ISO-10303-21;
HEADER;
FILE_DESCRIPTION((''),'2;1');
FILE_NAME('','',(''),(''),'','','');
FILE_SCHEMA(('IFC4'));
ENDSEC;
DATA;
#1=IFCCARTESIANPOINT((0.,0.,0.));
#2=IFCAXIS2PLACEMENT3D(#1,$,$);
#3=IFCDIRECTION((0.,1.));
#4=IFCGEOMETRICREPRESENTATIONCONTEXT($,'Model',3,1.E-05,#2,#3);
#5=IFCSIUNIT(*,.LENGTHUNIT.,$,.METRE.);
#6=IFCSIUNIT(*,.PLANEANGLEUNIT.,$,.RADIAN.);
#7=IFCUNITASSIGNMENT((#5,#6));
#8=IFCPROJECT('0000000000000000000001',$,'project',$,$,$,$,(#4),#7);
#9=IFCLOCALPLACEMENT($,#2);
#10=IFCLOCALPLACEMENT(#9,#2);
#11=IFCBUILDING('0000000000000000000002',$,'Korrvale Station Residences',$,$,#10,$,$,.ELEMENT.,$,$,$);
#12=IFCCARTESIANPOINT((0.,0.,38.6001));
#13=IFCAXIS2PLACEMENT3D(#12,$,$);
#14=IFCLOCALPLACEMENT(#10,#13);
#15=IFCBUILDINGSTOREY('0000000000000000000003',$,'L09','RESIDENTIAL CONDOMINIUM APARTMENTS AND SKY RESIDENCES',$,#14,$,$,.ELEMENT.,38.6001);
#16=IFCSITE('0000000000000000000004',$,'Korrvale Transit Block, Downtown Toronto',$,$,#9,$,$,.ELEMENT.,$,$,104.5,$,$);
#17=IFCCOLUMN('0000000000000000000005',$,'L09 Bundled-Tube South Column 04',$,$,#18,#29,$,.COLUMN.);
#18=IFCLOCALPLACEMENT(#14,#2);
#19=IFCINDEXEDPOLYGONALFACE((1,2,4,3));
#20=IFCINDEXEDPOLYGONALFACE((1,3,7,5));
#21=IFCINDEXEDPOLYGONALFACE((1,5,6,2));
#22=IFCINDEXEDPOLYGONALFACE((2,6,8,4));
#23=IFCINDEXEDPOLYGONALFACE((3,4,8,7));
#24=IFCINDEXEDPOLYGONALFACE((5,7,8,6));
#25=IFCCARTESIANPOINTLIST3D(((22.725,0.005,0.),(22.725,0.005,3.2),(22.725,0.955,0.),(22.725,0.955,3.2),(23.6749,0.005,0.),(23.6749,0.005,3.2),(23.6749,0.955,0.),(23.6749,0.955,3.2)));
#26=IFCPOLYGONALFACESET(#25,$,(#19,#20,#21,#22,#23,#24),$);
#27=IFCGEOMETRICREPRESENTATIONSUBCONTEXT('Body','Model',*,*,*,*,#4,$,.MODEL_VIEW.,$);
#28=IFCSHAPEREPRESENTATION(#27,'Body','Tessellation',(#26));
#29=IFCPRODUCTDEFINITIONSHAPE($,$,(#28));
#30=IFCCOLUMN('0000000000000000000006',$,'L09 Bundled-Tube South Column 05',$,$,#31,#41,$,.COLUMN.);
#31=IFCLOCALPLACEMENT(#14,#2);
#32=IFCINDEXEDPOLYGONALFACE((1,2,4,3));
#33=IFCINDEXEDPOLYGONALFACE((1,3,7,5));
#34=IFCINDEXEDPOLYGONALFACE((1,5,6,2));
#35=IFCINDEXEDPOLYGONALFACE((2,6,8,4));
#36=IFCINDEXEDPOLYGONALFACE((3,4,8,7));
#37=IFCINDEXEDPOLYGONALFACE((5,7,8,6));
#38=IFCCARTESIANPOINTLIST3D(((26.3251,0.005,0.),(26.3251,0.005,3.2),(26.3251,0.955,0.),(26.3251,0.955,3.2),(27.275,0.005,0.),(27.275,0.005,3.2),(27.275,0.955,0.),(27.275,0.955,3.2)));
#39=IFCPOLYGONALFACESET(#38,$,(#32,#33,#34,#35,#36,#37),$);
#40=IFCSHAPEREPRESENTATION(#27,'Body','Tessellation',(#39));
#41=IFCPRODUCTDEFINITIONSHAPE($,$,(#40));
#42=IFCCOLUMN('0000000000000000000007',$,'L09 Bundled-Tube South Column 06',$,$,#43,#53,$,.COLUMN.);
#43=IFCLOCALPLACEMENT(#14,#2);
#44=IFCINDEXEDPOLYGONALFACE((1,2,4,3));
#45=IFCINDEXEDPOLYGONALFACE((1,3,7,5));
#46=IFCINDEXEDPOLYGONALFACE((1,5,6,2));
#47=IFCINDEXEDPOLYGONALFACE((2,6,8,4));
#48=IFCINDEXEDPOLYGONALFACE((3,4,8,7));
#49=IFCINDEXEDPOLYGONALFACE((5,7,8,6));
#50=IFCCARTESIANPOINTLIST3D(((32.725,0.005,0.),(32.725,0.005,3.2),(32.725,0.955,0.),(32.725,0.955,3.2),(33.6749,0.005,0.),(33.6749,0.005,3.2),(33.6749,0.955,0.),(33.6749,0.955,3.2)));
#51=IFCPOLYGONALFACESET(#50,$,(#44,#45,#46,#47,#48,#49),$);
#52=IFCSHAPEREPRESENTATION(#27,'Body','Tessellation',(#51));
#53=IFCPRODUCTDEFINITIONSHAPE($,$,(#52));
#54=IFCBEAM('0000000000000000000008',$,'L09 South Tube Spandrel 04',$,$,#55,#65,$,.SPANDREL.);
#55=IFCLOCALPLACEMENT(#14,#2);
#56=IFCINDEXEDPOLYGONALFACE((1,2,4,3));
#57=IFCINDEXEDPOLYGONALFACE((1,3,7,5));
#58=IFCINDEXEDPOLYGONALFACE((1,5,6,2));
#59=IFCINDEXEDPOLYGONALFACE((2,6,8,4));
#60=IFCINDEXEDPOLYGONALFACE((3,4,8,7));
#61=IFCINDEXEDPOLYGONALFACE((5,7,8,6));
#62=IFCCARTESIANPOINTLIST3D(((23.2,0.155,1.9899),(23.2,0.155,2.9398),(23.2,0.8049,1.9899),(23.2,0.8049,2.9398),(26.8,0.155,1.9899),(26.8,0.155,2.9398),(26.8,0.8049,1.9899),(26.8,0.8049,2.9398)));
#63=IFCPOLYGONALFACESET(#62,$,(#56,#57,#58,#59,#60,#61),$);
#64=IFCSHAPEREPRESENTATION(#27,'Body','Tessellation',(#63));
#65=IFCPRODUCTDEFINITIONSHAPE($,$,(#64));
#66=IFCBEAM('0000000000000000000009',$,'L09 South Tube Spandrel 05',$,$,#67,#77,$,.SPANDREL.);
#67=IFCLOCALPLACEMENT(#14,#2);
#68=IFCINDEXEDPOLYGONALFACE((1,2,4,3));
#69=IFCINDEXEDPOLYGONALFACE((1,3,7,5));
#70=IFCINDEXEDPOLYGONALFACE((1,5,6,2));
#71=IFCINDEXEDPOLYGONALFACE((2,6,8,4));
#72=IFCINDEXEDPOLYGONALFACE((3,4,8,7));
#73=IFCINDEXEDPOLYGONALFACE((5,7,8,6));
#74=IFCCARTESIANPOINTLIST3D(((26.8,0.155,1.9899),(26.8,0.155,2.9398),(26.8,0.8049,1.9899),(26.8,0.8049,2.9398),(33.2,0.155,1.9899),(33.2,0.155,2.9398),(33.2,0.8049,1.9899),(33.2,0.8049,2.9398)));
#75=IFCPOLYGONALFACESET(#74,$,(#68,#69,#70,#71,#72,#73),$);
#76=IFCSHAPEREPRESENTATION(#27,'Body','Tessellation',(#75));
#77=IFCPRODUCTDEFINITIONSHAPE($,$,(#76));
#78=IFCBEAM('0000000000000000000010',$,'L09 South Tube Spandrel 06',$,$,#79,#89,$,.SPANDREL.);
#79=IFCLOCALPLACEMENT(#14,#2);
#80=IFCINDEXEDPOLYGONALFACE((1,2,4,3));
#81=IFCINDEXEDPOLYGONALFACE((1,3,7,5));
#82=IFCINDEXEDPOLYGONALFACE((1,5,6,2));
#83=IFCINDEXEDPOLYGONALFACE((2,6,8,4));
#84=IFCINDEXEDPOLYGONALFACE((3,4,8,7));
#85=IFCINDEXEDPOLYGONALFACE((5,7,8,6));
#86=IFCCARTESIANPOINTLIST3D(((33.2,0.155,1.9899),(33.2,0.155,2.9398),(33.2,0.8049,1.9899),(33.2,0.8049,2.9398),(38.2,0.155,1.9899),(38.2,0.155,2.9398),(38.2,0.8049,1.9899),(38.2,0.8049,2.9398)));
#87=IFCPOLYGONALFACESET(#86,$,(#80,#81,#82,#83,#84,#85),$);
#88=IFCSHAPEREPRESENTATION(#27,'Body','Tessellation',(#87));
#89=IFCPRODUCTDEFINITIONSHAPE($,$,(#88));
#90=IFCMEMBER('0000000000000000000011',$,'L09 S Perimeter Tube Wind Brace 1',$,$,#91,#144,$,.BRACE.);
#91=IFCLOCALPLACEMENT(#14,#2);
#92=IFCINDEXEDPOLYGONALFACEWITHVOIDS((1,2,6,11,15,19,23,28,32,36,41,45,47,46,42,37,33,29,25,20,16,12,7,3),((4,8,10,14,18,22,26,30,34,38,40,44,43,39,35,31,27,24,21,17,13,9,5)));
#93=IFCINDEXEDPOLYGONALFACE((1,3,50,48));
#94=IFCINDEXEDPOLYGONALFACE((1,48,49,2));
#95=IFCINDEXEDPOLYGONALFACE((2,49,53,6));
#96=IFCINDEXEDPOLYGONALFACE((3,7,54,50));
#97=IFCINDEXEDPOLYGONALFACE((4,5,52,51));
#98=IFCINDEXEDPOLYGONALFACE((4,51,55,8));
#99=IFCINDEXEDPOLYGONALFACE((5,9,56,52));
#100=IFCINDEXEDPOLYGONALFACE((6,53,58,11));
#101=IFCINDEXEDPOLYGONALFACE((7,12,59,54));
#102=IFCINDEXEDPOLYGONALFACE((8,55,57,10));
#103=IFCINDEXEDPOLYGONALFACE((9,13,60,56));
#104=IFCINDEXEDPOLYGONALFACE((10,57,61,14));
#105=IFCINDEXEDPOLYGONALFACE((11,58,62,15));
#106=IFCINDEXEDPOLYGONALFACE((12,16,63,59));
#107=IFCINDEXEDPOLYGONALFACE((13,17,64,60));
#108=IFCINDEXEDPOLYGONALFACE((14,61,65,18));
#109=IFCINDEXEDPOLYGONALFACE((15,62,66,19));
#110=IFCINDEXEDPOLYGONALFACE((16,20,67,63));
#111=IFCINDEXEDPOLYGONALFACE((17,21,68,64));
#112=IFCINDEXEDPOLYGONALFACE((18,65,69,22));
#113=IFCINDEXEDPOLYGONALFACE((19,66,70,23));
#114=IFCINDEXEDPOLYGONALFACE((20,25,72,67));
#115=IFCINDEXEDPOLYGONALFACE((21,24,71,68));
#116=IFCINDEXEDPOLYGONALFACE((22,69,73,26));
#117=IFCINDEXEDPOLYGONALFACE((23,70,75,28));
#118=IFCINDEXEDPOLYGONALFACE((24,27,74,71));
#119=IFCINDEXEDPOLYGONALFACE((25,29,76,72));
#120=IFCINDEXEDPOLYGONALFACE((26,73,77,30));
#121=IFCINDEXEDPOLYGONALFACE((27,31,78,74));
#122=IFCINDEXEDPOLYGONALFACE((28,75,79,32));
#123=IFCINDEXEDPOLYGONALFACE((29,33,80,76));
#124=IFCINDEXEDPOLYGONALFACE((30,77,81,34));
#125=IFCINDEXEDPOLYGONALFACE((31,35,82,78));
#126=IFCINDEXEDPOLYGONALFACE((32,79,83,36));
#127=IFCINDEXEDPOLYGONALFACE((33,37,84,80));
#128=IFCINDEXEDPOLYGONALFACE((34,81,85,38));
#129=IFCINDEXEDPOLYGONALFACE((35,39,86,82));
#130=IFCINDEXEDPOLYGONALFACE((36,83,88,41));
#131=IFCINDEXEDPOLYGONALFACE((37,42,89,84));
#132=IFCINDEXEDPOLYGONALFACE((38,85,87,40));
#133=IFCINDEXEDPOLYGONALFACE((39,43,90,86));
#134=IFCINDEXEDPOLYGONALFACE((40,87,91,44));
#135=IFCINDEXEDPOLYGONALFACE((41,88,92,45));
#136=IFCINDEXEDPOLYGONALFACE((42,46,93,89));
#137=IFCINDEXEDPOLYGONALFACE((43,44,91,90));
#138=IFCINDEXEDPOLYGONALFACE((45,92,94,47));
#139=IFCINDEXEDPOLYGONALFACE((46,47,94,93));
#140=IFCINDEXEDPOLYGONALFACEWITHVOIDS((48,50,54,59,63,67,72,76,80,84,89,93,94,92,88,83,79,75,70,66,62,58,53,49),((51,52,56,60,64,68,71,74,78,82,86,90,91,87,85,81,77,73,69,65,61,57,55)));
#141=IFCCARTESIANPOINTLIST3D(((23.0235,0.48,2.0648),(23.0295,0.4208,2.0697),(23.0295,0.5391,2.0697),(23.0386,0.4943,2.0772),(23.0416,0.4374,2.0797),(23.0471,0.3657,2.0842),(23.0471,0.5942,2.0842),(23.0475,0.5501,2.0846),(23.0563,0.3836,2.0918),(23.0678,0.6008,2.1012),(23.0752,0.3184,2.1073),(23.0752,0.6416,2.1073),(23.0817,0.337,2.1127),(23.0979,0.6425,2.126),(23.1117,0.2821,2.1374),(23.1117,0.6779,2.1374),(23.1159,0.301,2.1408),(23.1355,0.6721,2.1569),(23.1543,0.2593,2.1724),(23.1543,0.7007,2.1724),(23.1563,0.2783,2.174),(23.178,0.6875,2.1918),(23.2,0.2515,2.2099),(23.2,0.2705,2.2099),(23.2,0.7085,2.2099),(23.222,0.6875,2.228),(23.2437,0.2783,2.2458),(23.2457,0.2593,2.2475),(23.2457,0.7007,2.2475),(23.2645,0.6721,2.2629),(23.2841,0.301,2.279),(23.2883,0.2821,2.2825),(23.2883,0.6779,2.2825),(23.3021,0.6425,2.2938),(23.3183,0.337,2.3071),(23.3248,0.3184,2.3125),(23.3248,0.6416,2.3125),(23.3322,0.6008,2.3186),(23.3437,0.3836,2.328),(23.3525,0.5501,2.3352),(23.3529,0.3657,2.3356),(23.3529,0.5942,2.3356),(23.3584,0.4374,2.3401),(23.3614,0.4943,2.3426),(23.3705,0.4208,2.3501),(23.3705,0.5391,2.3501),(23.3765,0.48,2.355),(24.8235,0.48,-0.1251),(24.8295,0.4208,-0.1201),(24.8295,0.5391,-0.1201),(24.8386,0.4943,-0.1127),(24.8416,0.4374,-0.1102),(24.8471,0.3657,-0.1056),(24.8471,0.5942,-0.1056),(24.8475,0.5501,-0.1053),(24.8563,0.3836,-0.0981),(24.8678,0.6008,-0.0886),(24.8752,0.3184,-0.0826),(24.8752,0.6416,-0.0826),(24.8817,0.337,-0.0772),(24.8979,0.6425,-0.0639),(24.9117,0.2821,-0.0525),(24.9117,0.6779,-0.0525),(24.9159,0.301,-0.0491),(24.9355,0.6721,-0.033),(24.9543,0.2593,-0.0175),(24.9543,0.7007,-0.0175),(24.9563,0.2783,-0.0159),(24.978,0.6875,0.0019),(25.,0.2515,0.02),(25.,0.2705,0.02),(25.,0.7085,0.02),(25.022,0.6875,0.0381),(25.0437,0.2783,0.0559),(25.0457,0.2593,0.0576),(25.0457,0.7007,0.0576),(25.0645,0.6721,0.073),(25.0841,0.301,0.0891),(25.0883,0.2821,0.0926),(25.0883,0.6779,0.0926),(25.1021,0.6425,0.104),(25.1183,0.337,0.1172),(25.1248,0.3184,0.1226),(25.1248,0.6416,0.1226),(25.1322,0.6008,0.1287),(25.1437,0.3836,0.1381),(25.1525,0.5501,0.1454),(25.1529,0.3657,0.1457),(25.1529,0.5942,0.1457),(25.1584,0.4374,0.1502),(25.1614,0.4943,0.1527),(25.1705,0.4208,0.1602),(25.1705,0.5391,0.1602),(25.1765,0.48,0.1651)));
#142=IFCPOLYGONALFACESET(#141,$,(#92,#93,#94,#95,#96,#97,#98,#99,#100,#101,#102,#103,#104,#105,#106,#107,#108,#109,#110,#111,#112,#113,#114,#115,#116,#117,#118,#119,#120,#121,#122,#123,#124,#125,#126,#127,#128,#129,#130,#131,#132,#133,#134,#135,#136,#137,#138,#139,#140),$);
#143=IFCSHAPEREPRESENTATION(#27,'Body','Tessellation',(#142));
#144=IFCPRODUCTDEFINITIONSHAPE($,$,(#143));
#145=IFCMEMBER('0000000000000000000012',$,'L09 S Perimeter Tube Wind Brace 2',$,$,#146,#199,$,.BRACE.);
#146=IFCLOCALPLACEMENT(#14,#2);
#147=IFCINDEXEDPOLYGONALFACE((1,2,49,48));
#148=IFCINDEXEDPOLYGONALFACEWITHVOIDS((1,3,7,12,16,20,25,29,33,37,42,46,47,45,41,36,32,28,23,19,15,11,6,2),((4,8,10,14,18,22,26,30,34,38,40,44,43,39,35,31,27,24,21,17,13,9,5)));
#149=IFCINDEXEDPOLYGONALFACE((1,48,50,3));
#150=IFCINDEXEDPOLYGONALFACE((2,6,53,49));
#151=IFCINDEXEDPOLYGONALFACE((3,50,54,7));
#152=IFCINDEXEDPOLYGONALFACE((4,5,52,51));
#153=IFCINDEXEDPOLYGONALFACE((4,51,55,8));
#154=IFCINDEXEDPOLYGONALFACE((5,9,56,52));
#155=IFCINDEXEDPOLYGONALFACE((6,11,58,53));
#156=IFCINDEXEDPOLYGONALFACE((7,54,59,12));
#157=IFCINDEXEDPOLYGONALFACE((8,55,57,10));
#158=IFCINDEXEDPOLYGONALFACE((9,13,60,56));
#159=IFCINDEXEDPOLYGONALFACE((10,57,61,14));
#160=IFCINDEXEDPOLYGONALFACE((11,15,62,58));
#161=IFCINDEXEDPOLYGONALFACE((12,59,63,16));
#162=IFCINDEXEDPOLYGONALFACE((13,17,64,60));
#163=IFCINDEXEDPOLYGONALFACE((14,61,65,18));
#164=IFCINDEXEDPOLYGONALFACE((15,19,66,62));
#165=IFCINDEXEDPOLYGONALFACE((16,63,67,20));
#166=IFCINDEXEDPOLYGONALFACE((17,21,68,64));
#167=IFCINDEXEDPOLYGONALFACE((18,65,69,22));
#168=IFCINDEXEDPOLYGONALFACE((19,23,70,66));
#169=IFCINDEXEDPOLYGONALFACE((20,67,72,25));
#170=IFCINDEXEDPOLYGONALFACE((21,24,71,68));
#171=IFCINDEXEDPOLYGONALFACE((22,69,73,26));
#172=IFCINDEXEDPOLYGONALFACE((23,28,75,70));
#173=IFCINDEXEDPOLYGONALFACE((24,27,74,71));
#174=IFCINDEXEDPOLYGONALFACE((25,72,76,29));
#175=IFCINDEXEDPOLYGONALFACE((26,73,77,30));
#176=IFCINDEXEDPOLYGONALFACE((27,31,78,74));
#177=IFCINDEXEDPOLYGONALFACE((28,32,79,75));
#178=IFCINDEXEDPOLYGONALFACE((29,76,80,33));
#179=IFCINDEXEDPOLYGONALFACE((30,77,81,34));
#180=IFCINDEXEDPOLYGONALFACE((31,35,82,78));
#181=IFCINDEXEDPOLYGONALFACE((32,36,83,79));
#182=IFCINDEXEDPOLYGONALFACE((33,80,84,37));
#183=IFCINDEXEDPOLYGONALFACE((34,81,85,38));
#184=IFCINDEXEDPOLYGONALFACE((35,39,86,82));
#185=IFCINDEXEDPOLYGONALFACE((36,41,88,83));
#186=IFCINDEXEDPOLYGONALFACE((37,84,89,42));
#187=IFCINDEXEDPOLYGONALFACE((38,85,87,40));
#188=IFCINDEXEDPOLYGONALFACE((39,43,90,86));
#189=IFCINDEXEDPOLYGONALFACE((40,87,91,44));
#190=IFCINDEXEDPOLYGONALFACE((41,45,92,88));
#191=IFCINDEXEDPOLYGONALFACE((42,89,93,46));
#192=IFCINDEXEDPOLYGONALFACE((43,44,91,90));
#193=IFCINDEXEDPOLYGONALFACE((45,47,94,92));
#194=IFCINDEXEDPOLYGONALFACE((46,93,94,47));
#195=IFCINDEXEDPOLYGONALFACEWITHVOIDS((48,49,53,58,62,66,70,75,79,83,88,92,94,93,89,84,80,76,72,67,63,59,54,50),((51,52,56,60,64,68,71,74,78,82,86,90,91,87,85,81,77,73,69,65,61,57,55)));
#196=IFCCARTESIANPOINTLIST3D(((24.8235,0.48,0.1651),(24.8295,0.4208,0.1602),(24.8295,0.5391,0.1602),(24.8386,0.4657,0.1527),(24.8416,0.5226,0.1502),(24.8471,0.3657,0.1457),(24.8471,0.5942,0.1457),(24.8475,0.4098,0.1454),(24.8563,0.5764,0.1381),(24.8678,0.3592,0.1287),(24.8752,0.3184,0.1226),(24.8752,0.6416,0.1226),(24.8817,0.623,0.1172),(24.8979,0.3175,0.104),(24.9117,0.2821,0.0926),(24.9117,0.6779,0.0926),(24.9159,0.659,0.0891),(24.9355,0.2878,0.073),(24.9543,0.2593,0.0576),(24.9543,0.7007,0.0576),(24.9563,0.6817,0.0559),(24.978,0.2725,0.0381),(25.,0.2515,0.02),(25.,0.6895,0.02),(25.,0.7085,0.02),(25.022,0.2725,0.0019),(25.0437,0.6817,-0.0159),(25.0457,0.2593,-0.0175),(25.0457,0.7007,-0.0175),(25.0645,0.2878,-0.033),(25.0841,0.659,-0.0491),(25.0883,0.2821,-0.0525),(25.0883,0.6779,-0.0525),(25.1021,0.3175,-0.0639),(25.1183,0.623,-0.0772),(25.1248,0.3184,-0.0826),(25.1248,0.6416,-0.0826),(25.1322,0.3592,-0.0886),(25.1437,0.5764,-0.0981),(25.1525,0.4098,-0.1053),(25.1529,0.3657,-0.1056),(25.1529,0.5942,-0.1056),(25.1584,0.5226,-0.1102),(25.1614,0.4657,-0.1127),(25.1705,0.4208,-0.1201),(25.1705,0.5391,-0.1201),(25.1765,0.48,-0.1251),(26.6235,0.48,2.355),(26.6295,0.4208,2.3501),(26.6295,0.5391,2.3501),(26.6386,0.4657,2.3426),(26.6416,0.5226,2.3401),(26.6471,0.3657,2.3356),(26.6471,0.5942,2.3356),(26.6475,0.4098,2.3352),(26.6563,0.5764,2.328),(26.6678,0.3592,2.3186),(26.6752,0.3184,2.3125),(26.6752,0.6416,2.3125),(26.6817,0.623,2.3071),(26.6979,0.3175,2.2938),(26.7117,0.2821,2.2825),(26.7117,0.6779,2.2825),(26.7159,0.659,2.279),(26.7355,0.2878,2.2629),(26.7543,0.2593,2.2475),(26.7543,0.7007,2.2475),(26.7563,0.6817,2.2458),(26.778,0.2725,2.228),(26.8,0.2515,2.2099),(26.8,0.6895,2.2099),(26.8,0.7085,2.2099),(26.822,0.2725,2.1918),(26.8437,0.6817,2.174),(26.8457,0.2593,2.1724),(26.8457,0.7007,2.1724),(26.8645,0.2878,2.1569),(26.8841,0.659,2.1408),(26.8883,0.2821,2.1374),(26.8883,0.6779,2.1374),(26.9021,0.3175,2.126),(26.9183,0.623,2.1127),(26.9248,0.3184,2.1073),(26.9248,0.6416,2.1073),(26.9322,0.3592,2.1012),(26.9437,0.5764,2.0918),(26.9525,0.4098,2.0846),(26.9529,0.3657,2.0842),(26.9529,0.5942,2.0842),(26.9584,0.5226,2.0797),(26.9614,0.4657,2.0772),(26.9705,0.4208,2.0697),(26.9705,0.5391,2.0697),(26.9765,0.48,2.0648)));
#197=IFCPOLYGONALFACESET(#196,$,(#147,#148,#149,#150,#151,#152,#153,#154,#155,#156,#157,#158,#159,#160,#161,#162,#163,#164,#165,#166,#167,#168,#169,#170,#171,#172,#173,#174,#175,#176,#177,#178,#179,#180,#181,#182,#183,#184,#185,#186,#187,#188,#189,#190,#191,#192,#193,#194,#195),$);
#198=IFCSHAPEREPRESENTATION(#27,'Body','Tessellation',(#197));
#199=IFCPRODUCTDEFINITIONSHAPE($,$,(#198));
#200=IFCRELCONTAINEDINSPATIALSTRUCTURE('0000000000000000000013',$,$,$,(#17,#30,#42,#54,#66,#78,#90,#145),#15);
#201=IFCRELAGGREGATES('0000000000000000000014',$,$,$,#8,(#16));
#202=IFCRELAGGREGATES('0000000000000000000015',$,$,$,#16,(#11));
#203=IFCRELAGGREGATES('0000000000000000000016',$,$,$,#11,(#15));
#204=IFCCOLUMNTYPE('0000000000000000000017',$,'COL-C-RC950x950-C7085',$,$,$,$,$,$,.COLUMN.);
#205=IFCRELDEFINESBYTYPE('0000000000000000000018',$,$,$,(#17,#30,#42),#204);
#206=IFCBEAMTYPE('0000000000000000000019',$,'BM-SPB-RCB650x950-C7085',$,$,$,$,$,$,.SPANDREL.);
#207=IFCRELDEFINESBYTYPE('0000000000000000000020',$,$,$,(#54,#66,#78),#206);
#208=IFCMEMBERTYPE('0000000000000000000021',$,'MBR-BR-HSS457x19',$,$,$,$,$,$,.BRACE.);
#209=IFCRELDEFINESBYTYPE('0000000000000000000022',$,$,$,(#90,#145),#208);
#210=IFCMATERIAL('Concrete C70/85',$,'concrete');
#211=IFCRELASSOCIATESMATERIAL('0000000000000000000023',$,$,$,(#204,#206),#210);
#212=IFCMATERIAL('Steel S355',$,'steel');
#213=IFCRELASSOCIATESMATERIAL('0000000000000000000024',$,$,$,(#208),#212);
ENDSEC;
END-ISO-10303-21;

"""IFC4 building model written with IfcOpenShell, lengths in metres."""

from ifc_helpers import new_model, si_unit, direction, frame, origin, origin_2d, place, context, subcontext, project, spatial, rectangle, hollow_circle, extrude, material, material_profile, profile_set, type_object, element, save


model = new_model("IFC4")

# Units and contexts
model_context = context("Model", 3, precision=1e-05, world=origin(), true_north=direction((0.0, 1.0)))
body_context = subcontext(model_context, "Body", "Model", "MODEL_VIEW")
ifc_project = project(units=[si_unit("LENGTHUNIT", "METRE"), si_unit("PLANEANGLEUNIT", "RADIAN")], contexts=[model_context])

# Site, building, storey
site_placement = place(None, origin())
site = spatial("IfcSite", under=ifc_project, at=site_placement, Name="Korrvale Transit Block, Downtown Toronto", CompositionType="ELEMENT", RefElevation=104.5)
building_placement = place(site_placement, origin())
building = spatial("IfcBuilding", under=site, at=building_placement, Name="Korrvale Station Residences", CompositionType="ELEMENT")
storey_placement = place(building_placement, frame((0.0, 0.0, 38.6001)))
storey = spatial("IfcBuildingStorey", under=building, at=storey_placement, Name="L09", Description="RESIDENTIAL CONDOMINIUM APARTMENTS AND SKY RESIDENCES", CompositionType="ELEMENT", Elevation=38.6001)

# Columns
ifc_material_1 = material(Name="Concrete C70/85", Category="concrete")
ifc_material_profile_1 = material_profile(ifc_material_1, rectangle(XDim=0.95, YDim=0.95, at=origin_2d()), Name="RC950x950")
ifc_profile_set_1 = profile_set([ifc_material_profile_1], Name="Concrete C70/85")
column_type = type_object("IfcColumnType", Name="COL-C-RC950x950-C7085", PredefinedType="COLUMN", material=ifc_profile_set_1)
for number, where, z_axis, x_axis, name in (
    (1, (23.2, 0.48, 0.0), (0.0, 0.0, 1.0), (1.0, 0.0, 0.0), "L09 Bundled-Tube South Column 04"),
    (2, (26.8, 0.48, 0.0), (0.0, 0.0, 1.0), (1.0, 0.0, 0.0), "L09 Bundled-Tube South Column 05"),
    (3, (33.2, 0.48, 0.0), (0.0, 0.0, 1.0), (1.0, 0.0, 0.0), "L09 Bundled-Tube South Column 06"),
):
    element("IfcColumn", number, at=place(storey_placement, frame(where, z_axis=z_axis, x_axis=x_axis)), inside=storey, type_object=column_type, Name=name, PredefinedType="COLUMN", context=body_context, shape_type="SweptSolid", body=[
        extrude(rectangle(XDim=0.95, YDim=0.95, at=origin_2d()), origin(), (0.0, 0.0, 1.0), 3.2),
    ])

# Beams
ifc_material_profile_2 = material_profile(ifc_material_1, rectangle(XDim=0.6499, YDim=0.95, at=origin_2d()), Name="RCB650x950")
ifc_profile_set_2 = profile_set([ifc_material_profile_2], Name="Concrete C70/85")
beam_type = type_object("IfcBeamType", Name="BM-SPB-RCB650x950-C7085", PredefinedType="SPANDREL", material=ifc_profile_set_2)
beam_1_placement = place(storey_placement, frame((23.2, 0.48, 2.4648), z_axis=(1.0, 0.0, 0.0), x_axis=(0.0, 1.0, 0.0)))
element("IfcBeam", 4, at=beam_1_placement, inside=storey, type_object=beam_type, Name="L09 South Tube Spandrel 04", PredefinedType="SPANDREL", context=body_context, shape_type="SweptSolid", body=[
    extrude(rectangle(XDim=0.6499, YDim=0.95, at=origin_2d()), origin(), (0.0, 0.0, 1.0), 3.6001),
])
beam_2_placement = place(storey_placement, frame((26.8, 0.48, 2.4648), z_axis=(1.0, 0.0, 0.0), x_axis=(0.0, 1.0, 0.0)))
element("IfcBeam", 5, at=beam_2_placement, inside=storey, type_object=beam_type, Name="L09 South Tube Spandrel 05", PredefinedType="SPANDREL", context=body_context, shape_type="SweptSolid", body=[
    extrude(rectangle(XDim=0.6499, YDim=0.95, at=origin_2d()), origin(), (0.0, 0.0, 1.0), 6.3999),
])
beam_3_placement = place(storey_placement, frame((33.2, 0.48, 2.4648), z_axis=(1.0, 0.0, 0.0), x_axis=(0.0, 1.0, 0.0)))
element("IfcBeam", 6, at=beam_3_placement, inside=storey, type_object=beam_type, Name="L09 South Tube Spandrel 06", PredefinedType="SPANDREL", context=body_context, shape_type="SweptSolid", body=[
    extrude(rectangle(XDim=0.6499, YDim=0.95, at=origin_2d()), origin(), (0.0, 0.0, 1.0), 5.0),
])

# Members
ifc_material_2 = material(Name="Steel S355", Category="steel")
ifc_material_profile_3 = material_profile(ifc_material_2, hollow_circle(Radius=0.2285, WallThickness=0.019, at=origin_2d()), Name="HSS457x19")
ifc_profile_set_3 = profile_set([ifc_material_profile_3], Name="Steel S355")
member_type = type_object("IfcMemberType", Name="MBR-BR-HSS457x19", PredefinedType="BRACE", material=ifc_profile_set_3)
for number, where, z_axis, x_axis, name in (
    (7, (25.0, 0.48, 0.02), (-0.634985, 0.0, 0.772524), (0.0, -1.0, 0.0), "L09 S Perimeter Tube Wind Brace 1"),
    (8, (25.0, 0.48, 0.02), (0.634985, 0.0, 0.772524), (0.0, 1.0, 0.0), "L09 S Perimeter Tube Wind Brace 2"),
):
    element("IfcMember", number, at=place(storey_placement, frame(where, z_axis=z_axis, x_axis=x_axis)), inside=storey, type_object=member_type, Name=name, PredefinedType="BRACE", context=body_context, shape_type="SweptSolid", body=[
        extrude(hollow_circle(Radius=0.2285, WallThickness=0.019, at=origin_2d()), origin(), (0.0, 0.0, 1.0), 2.8347),
    ])

save(model, "model.ifc")
